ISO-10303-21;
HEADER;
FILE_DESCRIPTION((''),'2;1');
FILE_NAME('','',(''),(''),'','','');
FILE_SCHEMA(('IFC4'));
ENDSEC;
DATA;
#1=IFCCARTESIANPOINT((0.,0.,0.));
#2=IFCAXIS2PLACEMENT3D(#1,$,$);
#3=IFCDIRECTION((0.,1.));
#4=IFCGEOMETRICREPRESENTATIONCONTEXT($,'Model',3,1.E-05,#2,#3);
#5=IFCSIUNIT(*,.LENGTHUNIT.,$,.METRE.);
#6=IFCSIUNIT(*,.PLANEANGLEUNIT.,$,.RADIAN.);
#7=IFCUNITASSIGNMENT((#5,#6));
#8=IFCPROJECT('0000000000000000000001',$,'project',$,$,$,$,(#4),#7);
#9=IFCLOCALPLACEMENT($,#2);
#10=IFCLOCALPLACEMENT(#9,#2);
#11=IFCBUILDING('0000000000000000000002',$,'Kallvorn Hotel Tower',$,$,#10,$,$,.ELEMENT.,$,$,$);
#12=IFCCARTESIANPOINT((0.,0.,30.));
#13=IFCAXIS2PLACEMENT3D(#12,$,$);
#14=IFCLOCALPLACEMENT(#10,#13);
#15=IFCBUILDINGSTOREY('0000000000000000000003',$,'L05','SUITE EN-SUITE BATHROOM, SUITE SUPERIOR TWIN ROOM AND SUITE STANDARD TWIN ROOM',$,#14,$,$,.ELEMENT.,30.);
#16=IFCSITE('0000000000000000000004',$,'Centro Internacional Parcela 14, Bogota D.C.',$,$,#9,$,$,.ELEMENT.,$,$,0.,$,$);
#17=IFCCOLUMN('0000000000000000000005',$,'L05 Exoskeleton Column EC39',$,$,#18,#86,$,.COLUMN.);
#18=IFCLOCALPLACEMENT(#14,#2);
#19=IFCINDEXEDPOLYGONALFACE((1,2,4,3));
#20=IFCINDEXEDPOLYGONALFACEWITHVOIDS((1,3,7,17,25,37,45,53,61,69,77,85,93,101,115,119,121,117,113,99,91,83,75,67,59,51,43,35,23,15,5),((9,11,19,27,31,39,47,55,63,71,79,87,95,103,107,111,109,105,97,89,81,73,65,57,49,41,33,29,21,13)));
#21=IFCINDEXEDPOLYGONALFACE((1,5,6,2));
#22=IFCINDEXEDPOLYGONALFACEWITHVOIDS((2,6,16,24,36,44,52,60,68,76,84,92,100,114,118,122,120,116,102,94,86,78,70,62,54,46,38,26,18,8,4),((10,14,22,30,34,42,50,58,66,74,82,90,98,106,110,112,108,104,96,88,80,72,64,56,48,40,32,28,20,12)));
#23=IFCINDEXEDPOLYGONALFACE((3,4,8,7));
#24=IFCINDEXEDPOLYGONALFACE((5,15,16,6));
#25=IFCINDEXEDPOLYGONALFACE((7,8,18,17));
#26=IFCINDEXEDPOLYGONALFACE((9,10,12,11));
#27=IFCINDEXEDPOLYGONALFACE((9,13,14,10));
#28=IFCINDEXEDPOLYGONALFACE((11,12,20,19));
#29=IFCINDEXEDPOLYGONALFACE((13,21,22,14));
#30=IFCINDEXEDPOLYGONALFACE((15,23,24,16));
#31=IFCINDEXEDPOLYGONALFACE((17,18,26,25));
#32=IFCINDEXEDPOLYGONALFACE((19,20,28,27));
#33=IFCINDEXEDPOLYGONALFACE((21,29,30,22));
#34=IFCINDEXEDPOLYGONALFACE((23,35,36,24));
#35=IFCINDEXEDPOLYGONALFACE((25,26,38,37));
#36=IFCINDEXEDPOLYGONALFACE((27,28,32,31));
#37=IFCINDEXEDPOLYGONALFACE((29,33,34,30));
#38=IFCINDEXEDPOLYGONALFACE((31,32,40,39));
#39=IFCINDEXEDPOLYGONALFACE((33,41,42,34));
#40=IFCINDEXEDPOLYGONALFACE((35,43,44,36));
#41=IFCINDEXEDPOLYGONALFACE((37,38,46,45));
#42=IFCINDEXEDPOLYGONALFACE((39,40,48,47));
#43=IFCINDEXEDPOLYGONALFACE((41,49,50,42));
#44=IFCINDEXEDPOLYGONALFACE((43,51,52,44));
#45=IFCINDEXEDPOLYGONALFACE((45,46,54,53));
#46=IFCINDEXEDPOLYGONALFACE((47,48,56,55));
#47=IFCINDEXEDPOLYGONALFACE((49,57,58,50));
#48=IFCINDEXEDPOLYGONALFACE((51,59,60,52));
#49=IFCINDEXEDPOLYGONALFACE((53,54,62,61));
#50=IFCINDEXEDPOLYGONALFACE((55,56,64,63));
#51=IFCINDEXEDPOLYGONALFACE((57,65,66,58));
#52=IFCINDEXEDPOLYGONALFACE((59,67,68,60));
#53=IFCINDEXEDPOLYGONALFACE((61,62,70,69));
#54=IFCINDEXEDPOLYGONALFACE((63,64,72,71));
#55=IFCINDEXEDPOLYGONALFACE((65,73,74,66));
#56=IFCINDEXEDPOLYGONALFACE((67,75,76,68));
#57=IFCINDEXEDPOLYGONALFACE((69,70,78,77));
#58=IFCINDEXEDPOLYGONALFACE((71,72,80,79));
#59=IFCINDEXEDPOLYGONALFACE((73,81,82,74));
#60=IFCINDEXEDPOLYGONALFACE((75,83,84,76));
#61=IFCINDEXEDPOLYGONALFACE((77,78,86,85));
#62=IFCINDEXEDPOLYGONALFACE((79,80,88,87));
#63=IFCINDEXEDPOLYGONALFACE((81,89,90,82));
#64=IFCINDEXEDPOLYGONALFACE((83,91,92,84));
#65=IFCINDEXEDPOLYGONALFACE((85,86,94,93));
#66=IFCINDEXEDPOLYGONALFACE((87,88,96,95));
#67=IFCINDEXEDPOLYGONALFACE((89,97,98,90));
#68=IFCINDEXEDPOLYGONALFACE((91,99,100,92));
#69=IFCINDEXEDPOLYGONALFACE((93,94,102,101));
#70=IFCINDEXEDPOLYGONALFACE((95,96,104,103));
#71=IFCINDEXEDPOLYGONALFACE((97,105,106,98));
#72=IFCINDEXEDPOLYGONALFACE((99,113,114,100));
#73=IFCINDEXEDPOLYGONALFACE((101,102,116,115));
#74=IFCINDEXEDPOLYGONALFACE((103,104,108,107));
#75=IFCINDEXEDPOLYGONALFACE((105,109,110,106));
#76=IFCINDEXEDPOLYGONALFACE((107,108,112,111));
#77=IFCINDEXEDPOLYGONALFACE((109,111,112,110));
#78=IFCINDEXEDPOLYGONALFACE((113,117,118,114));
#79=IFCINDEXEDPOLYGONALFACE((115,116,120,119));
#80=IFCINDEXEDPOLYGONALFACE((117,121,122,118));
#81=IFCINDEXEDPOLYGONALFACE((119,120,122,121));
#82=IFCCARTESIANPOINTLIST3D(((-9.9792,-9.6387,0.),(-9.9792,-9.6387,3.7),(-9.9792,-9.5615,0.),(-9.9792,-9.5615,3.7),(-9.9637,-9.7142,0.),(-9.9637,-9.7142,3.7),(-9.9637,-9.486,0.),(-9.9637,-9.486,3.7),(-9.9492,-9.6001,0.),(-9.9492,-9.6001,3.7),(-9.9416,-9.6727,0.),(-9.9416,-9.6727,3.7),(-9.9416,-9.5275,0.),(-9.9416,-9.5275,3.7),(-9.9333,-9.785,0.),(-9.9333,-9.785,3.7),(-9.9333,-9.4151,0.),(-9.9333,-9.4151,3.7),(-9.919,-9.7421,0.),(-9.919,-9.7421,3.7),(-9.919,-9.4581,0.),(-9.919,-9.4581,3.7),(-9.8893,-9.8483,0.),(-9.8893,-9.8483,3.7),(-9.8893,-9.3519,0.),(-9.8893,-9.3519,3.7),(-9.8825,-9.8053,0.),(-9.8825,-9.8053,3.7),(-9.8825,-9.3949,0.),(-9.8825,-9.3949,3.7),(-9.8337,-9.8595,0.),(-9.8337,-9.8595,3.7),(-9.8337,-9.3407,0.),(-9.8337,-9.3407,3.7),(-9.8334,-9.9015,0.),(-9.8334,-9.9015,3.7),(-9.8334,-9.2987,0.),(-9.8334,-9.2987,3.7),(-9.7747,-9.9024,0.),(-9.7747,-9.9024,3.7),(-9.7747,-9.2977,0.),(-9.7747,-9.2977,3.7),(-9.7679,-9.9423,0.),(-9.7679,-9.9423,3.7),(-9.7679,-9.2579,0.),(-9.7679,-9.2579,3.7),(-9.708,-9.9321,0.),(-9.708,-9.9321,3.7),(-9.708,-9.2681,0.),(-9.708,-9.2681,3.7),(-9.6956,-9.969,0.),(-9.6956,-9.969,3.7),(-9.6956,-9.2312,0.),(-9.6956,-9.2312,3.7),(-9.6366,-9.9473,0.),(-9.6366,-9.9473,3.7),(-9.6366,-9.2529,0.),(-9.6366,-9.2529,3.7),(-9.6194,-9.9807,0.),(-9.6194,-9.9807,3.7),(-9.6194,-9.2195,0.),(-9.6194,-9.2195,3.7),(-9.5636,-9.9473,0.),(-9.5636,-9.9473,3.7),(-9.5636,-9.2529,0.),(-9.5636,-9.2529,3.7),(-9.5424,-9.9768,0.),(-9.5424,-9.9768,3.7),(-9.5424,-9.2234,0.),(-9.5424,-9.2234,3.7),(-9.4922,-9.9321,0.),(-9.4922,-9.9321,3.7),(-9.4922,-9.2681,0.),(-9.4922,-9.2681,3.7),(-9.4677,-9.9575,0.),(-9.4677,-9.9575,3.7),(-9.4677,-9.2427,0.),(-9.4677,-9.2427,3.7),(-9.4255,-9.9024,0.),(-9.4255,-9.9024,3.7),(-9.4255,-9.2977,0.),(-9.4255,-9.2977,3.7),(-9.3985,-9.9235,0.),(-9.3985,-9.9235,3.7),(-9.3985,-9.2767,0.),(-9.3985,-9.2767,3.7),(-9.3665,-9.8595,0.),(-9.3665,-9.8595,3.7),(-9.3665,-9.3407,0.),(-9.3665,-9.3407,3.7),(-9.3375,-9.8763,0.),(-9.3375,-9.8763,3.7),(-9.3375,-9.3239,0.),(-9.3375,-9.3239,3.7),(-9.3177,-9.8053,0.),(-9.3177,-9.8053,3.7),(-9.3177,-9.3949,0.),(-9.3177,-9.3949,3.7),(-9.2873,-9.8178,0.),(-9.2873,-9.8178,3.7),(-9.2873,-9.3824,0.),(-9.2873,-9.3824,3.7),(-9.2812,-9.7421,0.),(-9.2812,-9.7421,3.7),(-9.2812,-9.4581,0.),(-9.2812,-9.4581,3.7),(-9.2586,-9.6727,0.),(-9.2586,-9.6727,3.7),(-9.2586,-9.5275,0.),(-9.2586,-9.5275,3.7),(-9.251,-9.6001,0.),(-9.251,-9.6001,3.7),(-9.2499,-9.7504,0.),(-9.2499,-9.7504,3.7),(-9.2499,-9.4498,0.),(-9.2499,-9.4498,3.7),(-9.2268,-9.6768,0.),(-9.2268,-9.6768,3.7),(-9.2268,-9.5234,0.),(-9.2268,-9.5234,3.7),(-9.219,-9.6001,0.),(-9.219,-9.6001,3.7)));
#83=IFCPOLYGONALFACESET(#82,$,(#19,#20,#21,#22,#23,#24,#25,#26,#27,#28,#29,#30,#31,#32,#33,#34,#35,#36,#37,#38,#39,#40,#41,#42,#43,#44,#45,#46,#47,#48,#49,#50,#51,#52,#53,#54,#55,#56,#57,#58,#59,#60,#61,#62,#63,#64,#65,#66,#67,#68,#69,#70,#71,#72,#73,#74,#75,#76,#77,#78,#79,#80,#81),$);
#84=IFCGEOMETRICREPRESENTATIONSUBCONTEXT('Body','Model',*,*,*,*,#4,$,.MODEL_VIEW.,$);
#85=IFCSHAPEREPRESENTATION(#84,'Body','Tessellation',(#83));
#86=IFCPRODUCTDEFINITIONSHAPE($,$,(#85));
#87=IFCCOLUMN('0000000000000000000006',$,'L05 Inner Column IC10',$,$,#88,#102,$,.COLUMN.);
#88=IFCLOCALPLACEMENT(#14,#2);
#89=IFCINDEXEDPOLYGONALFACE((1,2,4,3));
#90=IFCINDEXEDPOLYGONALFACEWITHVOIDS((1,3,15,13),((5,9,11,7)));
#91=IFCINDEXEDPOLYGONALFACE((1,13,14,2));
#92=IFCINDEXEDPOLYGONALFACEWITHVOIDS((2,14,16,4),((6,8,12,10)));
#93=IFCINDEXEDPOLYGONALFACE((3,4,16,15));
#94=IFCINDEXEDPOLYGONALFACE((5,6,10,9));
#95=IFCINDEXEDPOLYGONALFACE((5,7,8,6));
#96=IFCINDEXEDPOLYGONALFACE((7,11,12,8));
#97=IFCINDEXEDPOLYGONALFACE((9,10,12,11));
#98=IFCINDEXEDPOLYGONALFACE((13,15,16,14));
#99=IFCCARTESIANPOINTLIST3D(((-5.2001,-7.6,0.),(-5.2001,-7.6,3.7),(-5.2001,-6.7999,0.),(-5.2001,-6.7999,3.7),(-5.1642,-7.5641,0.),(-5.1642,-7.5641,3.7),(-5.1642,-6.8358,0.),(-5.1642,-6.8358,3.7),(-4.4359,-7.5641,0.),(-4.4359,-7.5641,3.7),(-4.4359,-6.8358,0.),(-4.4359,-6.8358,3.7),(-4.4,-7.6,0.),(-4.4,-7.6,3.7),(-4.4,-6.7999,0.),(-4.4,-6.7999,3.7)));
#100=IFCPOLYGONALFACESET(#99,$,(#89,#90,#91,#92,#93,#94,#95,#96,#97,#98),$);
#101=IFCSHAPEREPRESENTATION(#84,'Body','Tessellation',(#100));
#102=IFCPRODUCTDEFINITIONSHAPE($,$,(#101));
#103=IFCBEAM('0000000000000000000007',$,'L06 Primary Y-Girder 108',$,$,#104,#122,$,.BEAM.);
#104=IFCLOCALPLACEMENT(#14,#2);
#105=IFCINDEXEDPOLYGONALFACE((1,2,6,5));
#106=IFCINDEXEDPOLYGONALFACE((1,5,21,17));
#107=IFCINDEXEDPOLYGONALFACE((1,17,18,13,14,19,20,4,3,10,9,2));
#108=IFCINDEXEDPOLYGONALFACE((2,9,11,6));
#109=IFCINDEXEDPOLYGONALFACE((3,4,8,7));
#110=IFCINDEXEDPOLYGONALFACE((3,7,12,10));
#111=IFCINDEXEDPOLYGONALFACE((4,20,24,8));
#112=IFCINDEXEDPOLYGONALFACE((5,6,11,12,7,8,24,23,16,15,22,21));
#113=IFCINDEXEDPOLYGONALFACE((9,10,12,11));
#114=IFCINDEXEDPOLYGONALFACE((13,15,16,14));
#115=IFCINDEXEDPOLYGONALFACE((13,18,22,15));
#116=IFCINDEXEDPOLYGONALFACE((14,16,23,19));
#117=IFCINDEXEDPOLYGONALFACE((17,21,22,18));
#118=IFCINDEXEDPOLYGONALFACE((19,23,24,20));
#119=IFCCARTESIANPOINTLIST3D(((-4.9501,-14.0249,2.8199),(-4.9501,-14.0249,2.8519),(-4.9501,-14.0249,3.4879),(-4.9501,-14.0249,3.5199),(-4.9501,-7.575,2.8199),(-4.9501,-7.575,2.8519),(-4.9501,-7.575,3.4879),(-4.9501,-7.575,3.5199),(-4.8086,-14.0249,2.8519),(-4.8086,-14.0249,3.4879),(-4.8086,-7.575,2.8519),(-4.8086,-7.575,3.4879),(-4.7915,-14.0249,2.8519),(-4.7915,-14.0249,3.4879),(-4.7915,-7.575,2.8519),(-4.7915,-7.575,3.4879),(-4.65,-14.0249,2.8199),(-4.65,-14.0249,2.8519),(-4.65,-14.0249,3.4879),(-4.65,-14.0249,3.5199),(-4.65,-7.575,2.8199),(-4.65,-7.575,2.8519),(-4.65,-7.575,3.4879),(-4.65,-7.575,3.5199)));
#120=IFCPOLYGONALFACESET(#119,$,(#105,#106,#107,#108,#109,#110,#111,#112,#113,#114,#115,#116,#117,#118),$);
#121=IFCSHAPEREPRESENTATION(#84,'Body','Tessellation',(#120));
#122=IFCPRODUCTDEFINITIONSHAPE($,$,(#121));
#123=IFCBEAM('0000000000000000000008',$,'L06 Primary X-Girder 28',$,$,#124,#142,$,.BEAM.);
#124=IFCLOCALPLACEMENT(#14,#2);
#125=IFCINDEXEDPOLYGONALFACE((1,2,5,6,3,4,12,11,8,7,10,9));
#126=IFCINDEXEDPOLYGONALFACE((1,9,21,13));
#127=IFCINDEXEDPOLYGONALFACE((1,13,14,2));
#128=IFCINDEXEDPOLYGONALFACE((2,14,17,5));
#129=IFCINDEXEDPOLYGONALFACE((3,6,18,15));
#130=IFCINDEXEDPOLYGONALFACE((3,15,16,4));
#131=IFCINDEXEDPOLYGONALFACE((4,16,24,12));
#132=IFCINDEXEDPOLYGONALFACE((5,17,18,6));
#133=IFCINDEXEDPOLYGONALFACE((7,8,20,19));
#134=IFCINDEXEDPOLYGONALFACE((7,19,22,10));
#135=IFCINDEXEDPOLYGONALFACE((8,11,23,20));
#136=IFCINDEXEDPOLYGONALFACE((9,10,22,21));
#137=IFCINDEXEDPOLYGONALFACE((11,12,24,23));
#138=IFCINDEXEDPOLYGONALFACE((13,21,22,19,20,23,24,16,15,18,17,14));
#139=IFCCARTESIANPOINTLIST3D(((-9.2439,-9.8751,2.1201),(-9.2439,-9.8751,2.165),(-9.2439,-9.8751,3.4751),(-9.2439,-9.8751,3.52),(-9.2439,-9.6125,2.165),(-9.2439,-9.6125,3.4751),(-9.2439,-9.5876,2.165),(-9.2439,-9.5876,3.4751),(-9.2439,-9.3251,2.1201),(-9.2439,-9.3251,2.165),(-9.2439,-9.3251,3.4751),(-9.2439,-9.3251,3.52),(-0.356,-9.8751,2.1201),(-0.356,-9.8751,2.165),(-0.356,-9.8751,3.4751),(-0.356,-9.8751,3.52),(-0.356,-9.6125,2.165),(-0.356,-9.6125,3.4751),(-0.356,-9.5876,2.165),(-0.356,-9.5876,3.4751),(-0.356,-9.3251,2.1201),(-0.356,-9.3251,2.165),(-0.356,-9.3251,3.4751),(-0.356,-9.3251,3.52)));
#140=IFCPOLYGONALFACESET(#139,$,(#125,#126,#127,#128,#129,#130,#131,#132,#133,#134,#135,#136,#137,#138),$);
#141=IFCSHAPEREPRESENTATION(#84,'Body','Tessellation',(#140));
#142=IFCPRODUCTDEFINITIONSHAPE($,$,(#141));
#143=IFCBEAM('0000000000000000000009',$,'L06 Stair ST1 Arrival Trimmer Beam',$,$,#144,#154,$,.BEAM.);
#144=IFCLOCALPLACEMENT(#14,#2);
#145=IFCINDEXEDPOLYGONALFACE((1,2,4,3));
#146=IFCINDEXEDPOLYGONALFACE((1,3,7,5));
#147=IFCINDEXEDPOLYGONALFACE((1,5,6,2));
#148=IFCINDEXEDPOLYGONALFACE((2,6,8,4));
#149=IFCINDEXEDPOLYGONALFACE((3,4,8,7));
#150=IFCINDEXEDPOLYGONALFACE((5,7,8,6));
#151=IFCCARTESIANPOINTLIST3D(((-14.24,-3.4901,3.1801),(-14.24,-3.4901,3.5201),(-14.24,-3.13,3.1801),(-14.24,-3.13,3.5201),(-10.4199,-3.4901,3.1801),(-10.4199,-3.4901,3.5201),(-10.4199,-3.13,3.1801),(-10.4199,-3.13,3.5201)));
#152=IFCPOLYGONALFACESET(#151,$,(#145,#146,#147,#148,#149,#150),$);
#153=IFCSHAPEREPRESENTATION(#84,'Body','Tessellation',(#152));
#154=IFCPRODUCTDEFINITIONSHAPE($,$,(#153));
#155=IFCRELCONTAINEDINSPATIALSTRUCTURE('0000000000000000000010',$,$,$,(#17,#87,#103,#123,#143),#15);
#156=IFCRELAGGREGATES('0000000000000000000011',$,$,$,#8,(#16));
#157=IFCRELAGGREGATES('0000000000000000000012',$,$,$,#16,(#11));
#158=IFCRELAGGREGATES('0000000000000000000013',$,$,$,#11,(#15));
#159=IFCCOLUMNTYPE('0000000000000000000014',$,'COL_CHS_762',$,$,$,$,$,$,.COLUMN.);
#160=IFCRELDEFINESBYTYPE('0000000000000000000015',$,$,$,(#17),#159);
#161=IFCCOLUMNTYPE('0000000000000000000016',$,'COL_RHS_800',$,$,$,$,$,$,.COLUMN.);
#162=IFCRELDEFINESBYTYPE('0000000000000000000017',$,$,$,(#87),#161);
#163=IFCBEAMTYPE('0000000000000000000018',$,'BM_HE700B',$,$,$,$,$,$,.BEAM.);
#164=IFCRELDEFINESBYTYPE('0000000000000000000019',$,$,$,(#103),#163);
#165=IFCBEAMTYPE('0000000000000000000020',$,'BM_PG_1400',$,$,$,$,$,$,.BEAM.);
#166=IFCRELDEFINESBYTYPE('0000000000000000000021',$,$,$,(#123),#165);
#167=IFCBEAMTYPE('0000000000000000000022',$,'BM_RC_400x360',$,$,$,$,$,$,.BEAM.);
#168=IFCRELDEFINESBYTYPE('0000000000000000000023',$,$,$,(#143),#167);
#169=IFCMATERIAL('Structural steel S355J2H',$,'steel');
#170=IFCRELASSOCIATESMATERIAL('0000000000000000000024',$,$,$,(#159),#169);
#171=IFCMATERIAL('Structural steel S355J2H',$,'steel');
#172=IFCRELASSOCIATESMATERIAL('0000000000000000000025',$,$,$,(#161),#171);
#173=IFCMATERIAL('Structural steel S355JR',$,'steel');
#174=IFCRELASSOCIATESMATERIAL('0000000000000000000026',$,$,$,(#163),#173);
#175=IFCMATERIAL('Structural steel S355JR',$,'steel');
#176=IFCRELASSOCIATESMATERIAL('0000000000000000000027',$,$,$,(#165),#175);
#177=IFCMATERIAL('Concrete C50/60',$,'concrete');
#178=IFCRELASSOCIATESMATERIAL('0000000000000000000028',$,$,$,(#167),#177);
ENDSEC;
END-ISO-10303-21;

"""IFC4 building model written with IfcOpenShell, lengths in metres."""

from ifc_helpers import new_model, si_unit, direction, frame, origin, origin_2d, place, context, subcontext, project, spatial, rectangle, hollow_rectangle, hollow_circle, i_section, extrude, material, material_profile, profile_set, type_object, element, save


model = new_model("IFC4")

# Units and contexts
model_context = context("Model", 3, precision=1e-05, world=origin(), true_north=direction((0.0, 1.0)))
body_context = subcontext(model_context, "Body", "Model", "MODEL_VIEW")
ifc_project = project(units=[si_unit("LENGTHUNIT", "METRE"), si_unit("PLANEANGLEUNIT", "RADIAN")], contexts=[model_context])

# Site, building, storey
site_placement = place(None, origin())
site = spatial("IfcSite", under=ifc_project, at=site_placement, Name="Centro Internacional Parcela 14, Bogota D.C.", CompositionType="ELEMENT", RefElevation=0.0)
building_placement = place(site_placement, origin())
building = spatial("IfcBuilding", under=site, at=building_placement, Name="Kallvorn Hotel Tower", CompositionType="ELEMENT")
storey_placement = place(building_placement, frame((0.0, 0.0, 30.0)))
storey = spatial("IfcBuildingStorey", under=building, at=storey_placement, Name="L05", Description="SUITE EN-SUITE BATHROOM, SUITE SUPERIOR TWIN ROOM AND SUITE STANDARD TWIN ROOM", CompositionType="ELEMENT", Elevation=30.0)

# Columns
ifc_material_1 = material(Name="Structural steel S355J2H", Category="steel")
ifc_material_profile_1 = material_profile(ifc_material_1, hollow_circle(Radius=0.3811, WallThickness=0.032, at=origin_2d()), Name="CHS 762x32")
ifc_profile_set_1 = profile_set([ifc_material_profile_1], Name="Structural steel S355J2H")
column_type_1 = type_object("IfcColumnType", Name="COL_CHS_762", PredefinedType="COLUMN", material=ifc_profile_set_1)
column_1_placement = place(storey_placement, frame((-9.6001, -9.6001, 0.0), z_axis=(0.0, 0.0, 1.0), x_axis=(1.0, 0.0, 0.0)))
element("IfcColumn", 1, at=column_1_placement, inside=storey, type_object=column_type_1, Name="L05 Exoskeleton Column EC39", PredefinedType="COLUMN", context=body_context, shape_type="SweptSolid", body=[
    extrude(hollow_circle(Radius=0.3811, WallThickness=0.032, at=origin_2d()), origin(), (0.0, 0.0, 1.0), 3.7),
])
ifc_material_2 = material(Name="Structural steel S355J2H", Category="steel")
ifc_material_profile_2 = material_profile(ifc_material_2, hollow_rectangle(XDim=0.8, YDim=0.8, WallThickness=0.0359, at=origin_2d()), Name="RHS 800x800x36")
ifc_profile_set_2 = profile_set([ifc_material_profile_2], Name="Structural steel S355J2H")
column_type_2 = type_object("IfcColumnType", Name="COL_RHS_800", PredefinedType="COLUMN", material=ifc_profile_set_2)
column_2_placement = place(storey_placement, frame((-4.8, -7.2, 0.0), z_axis=(0.0, 0.0, 1.0), x_axis=(1.0, 0.0, 0.0)))
element("IfcColumn", 2, at=column_2_placement, inside=storey, type_object=column_type_2, Name="L05 Inner Column IC10", PredefinedType="COLUMN", context=body_context, shape_type="SweptSolid", body=[
    extrude(hollow_rectangle(XDim=0.8, YDim=0.8, WallThickness=0.0359, at=origin_2d()), origin(), (0.0, 0.0, 1.0), 3.7),
])

# Beams
ifc_material_3 = material(Name="Structural steel S355JR", Category="steel")
ifc_material_profile_3 = material_profile(ifc_material_3, i_section(OverallWidth=0.3, OverallDepth=0.7, WebThickness=0.0171, FlangeThickness=0.032, at=origin_2d()), Name="HE 700 B")
ifc_profile_set_3 = profile_set([ifc_material_profile_3], Name="Structural steel S355JR")
beam_type_1 = type_object("IfcBeamType", Name="BM_HE700B", PredefinedType="BEAM", material=ifc_profile_set_3)
beam_1_placement = place(storey_placement, frame((-4.8, -14.0249, 3.1699), z_axis=(0.0, 1.0, 0.0), x_axis=(-1.0, 0.0, 0.0)))
element("IfcBeam", 3, at=beam_1_placement, inside=storey, type_object=beam_type_1, Name="L06 Primary Y-Girder 108", PredefinedType="BEAM", context=body_context, shape_type="SweptSolid", body=[
    extrude(i_section(OverallWidth=0.3, OverallDepth=0.7, WebThickness=0.0171, FlangeThickness=0.032, at=origin_2d()), origin(), (0.0, 0.0, 1.0), 6.45),
])
ifc_material_4 = material(Name="Structural steel S355JR", Category="steel")
ifc_material_profile_4 = material_profile(ifc_material_4, i_section(OverallWidth=0.55, OverallDepth=1.3999, WebThickness=0.0249, FlangeThickness=0.0449, at=origin_2d()), Name="PG 1400x550x25x45")
ifc_profile_set_4 = profile_set([ifc_material_profile_4], Name="Structural steel S355JR")
beam_type_2 = type_object("IfcBeamType", Name="BM_PG_1400", PredefinedType="BEAM", material=ifc_profile_set_4)
beam_2_placement = place(storey_placement, frame((-9.2439, -9.6001, 2.8201), z_axis=(1.0, 0.0, 0.0), x_axis=(0.0, 1.0, 0.0)))
element("IfcBeam", 4, at=beam_2_placement, inside=storey, type_object=beam_type_2, Name="L06 Primary X-Girder 28", PredefinedType="BEAM", context=body_context, shape_type="SweptSolid", body=[
    extrude(i_section(OverallWidth=0.55, OverallDepth=1.3999, WebThickness=0.0249, FlangeThickness=0.0449, at=origin_2d()), origin(), (0.0, 0.0, 1.0), 8.8879),
])
ifc_material_5 = material(Name="Concrete C50/60", Category="concrete")
ifc_material_profile_5 = material_profile(ifc_material_5, rectangle(XDim=0.3601, YDim=0.3401, at=origin_2d()), Name="RC 360x340")
ifc_profile_set_5 = profile_set([ifc_material_profile_5], Name="Concrete C50/60")
beam_type_3 = type_object("IfcBeamType", Name="BM_RC_400x360", PredefinedType="BEAM", material=ifc_profile_set_5)
beam_3_placement = place(storey_placement, frame((-10.4199, -3.3101, 3.3501), z_axis=(-1.0, 0.0, 0.0), x_axis=(0.0, -1.0, 0.0)))
element("IfcBeam", 5, at=beam_3_placement, inside=storey, type_object=beam_type_3, Name="L06 Stair ST1 Arrival Trimmer Beam", PredefinedType="BEAM", context=body_context, shape_type="SweptSolid", body=[
    extrude(rectangle(XDim=0.3601, YDim=0.3401, at=origin_2d()), origin(), (0.0, 0.0, 1.0), 3.8201),
])

save(model, "model.ifc")
